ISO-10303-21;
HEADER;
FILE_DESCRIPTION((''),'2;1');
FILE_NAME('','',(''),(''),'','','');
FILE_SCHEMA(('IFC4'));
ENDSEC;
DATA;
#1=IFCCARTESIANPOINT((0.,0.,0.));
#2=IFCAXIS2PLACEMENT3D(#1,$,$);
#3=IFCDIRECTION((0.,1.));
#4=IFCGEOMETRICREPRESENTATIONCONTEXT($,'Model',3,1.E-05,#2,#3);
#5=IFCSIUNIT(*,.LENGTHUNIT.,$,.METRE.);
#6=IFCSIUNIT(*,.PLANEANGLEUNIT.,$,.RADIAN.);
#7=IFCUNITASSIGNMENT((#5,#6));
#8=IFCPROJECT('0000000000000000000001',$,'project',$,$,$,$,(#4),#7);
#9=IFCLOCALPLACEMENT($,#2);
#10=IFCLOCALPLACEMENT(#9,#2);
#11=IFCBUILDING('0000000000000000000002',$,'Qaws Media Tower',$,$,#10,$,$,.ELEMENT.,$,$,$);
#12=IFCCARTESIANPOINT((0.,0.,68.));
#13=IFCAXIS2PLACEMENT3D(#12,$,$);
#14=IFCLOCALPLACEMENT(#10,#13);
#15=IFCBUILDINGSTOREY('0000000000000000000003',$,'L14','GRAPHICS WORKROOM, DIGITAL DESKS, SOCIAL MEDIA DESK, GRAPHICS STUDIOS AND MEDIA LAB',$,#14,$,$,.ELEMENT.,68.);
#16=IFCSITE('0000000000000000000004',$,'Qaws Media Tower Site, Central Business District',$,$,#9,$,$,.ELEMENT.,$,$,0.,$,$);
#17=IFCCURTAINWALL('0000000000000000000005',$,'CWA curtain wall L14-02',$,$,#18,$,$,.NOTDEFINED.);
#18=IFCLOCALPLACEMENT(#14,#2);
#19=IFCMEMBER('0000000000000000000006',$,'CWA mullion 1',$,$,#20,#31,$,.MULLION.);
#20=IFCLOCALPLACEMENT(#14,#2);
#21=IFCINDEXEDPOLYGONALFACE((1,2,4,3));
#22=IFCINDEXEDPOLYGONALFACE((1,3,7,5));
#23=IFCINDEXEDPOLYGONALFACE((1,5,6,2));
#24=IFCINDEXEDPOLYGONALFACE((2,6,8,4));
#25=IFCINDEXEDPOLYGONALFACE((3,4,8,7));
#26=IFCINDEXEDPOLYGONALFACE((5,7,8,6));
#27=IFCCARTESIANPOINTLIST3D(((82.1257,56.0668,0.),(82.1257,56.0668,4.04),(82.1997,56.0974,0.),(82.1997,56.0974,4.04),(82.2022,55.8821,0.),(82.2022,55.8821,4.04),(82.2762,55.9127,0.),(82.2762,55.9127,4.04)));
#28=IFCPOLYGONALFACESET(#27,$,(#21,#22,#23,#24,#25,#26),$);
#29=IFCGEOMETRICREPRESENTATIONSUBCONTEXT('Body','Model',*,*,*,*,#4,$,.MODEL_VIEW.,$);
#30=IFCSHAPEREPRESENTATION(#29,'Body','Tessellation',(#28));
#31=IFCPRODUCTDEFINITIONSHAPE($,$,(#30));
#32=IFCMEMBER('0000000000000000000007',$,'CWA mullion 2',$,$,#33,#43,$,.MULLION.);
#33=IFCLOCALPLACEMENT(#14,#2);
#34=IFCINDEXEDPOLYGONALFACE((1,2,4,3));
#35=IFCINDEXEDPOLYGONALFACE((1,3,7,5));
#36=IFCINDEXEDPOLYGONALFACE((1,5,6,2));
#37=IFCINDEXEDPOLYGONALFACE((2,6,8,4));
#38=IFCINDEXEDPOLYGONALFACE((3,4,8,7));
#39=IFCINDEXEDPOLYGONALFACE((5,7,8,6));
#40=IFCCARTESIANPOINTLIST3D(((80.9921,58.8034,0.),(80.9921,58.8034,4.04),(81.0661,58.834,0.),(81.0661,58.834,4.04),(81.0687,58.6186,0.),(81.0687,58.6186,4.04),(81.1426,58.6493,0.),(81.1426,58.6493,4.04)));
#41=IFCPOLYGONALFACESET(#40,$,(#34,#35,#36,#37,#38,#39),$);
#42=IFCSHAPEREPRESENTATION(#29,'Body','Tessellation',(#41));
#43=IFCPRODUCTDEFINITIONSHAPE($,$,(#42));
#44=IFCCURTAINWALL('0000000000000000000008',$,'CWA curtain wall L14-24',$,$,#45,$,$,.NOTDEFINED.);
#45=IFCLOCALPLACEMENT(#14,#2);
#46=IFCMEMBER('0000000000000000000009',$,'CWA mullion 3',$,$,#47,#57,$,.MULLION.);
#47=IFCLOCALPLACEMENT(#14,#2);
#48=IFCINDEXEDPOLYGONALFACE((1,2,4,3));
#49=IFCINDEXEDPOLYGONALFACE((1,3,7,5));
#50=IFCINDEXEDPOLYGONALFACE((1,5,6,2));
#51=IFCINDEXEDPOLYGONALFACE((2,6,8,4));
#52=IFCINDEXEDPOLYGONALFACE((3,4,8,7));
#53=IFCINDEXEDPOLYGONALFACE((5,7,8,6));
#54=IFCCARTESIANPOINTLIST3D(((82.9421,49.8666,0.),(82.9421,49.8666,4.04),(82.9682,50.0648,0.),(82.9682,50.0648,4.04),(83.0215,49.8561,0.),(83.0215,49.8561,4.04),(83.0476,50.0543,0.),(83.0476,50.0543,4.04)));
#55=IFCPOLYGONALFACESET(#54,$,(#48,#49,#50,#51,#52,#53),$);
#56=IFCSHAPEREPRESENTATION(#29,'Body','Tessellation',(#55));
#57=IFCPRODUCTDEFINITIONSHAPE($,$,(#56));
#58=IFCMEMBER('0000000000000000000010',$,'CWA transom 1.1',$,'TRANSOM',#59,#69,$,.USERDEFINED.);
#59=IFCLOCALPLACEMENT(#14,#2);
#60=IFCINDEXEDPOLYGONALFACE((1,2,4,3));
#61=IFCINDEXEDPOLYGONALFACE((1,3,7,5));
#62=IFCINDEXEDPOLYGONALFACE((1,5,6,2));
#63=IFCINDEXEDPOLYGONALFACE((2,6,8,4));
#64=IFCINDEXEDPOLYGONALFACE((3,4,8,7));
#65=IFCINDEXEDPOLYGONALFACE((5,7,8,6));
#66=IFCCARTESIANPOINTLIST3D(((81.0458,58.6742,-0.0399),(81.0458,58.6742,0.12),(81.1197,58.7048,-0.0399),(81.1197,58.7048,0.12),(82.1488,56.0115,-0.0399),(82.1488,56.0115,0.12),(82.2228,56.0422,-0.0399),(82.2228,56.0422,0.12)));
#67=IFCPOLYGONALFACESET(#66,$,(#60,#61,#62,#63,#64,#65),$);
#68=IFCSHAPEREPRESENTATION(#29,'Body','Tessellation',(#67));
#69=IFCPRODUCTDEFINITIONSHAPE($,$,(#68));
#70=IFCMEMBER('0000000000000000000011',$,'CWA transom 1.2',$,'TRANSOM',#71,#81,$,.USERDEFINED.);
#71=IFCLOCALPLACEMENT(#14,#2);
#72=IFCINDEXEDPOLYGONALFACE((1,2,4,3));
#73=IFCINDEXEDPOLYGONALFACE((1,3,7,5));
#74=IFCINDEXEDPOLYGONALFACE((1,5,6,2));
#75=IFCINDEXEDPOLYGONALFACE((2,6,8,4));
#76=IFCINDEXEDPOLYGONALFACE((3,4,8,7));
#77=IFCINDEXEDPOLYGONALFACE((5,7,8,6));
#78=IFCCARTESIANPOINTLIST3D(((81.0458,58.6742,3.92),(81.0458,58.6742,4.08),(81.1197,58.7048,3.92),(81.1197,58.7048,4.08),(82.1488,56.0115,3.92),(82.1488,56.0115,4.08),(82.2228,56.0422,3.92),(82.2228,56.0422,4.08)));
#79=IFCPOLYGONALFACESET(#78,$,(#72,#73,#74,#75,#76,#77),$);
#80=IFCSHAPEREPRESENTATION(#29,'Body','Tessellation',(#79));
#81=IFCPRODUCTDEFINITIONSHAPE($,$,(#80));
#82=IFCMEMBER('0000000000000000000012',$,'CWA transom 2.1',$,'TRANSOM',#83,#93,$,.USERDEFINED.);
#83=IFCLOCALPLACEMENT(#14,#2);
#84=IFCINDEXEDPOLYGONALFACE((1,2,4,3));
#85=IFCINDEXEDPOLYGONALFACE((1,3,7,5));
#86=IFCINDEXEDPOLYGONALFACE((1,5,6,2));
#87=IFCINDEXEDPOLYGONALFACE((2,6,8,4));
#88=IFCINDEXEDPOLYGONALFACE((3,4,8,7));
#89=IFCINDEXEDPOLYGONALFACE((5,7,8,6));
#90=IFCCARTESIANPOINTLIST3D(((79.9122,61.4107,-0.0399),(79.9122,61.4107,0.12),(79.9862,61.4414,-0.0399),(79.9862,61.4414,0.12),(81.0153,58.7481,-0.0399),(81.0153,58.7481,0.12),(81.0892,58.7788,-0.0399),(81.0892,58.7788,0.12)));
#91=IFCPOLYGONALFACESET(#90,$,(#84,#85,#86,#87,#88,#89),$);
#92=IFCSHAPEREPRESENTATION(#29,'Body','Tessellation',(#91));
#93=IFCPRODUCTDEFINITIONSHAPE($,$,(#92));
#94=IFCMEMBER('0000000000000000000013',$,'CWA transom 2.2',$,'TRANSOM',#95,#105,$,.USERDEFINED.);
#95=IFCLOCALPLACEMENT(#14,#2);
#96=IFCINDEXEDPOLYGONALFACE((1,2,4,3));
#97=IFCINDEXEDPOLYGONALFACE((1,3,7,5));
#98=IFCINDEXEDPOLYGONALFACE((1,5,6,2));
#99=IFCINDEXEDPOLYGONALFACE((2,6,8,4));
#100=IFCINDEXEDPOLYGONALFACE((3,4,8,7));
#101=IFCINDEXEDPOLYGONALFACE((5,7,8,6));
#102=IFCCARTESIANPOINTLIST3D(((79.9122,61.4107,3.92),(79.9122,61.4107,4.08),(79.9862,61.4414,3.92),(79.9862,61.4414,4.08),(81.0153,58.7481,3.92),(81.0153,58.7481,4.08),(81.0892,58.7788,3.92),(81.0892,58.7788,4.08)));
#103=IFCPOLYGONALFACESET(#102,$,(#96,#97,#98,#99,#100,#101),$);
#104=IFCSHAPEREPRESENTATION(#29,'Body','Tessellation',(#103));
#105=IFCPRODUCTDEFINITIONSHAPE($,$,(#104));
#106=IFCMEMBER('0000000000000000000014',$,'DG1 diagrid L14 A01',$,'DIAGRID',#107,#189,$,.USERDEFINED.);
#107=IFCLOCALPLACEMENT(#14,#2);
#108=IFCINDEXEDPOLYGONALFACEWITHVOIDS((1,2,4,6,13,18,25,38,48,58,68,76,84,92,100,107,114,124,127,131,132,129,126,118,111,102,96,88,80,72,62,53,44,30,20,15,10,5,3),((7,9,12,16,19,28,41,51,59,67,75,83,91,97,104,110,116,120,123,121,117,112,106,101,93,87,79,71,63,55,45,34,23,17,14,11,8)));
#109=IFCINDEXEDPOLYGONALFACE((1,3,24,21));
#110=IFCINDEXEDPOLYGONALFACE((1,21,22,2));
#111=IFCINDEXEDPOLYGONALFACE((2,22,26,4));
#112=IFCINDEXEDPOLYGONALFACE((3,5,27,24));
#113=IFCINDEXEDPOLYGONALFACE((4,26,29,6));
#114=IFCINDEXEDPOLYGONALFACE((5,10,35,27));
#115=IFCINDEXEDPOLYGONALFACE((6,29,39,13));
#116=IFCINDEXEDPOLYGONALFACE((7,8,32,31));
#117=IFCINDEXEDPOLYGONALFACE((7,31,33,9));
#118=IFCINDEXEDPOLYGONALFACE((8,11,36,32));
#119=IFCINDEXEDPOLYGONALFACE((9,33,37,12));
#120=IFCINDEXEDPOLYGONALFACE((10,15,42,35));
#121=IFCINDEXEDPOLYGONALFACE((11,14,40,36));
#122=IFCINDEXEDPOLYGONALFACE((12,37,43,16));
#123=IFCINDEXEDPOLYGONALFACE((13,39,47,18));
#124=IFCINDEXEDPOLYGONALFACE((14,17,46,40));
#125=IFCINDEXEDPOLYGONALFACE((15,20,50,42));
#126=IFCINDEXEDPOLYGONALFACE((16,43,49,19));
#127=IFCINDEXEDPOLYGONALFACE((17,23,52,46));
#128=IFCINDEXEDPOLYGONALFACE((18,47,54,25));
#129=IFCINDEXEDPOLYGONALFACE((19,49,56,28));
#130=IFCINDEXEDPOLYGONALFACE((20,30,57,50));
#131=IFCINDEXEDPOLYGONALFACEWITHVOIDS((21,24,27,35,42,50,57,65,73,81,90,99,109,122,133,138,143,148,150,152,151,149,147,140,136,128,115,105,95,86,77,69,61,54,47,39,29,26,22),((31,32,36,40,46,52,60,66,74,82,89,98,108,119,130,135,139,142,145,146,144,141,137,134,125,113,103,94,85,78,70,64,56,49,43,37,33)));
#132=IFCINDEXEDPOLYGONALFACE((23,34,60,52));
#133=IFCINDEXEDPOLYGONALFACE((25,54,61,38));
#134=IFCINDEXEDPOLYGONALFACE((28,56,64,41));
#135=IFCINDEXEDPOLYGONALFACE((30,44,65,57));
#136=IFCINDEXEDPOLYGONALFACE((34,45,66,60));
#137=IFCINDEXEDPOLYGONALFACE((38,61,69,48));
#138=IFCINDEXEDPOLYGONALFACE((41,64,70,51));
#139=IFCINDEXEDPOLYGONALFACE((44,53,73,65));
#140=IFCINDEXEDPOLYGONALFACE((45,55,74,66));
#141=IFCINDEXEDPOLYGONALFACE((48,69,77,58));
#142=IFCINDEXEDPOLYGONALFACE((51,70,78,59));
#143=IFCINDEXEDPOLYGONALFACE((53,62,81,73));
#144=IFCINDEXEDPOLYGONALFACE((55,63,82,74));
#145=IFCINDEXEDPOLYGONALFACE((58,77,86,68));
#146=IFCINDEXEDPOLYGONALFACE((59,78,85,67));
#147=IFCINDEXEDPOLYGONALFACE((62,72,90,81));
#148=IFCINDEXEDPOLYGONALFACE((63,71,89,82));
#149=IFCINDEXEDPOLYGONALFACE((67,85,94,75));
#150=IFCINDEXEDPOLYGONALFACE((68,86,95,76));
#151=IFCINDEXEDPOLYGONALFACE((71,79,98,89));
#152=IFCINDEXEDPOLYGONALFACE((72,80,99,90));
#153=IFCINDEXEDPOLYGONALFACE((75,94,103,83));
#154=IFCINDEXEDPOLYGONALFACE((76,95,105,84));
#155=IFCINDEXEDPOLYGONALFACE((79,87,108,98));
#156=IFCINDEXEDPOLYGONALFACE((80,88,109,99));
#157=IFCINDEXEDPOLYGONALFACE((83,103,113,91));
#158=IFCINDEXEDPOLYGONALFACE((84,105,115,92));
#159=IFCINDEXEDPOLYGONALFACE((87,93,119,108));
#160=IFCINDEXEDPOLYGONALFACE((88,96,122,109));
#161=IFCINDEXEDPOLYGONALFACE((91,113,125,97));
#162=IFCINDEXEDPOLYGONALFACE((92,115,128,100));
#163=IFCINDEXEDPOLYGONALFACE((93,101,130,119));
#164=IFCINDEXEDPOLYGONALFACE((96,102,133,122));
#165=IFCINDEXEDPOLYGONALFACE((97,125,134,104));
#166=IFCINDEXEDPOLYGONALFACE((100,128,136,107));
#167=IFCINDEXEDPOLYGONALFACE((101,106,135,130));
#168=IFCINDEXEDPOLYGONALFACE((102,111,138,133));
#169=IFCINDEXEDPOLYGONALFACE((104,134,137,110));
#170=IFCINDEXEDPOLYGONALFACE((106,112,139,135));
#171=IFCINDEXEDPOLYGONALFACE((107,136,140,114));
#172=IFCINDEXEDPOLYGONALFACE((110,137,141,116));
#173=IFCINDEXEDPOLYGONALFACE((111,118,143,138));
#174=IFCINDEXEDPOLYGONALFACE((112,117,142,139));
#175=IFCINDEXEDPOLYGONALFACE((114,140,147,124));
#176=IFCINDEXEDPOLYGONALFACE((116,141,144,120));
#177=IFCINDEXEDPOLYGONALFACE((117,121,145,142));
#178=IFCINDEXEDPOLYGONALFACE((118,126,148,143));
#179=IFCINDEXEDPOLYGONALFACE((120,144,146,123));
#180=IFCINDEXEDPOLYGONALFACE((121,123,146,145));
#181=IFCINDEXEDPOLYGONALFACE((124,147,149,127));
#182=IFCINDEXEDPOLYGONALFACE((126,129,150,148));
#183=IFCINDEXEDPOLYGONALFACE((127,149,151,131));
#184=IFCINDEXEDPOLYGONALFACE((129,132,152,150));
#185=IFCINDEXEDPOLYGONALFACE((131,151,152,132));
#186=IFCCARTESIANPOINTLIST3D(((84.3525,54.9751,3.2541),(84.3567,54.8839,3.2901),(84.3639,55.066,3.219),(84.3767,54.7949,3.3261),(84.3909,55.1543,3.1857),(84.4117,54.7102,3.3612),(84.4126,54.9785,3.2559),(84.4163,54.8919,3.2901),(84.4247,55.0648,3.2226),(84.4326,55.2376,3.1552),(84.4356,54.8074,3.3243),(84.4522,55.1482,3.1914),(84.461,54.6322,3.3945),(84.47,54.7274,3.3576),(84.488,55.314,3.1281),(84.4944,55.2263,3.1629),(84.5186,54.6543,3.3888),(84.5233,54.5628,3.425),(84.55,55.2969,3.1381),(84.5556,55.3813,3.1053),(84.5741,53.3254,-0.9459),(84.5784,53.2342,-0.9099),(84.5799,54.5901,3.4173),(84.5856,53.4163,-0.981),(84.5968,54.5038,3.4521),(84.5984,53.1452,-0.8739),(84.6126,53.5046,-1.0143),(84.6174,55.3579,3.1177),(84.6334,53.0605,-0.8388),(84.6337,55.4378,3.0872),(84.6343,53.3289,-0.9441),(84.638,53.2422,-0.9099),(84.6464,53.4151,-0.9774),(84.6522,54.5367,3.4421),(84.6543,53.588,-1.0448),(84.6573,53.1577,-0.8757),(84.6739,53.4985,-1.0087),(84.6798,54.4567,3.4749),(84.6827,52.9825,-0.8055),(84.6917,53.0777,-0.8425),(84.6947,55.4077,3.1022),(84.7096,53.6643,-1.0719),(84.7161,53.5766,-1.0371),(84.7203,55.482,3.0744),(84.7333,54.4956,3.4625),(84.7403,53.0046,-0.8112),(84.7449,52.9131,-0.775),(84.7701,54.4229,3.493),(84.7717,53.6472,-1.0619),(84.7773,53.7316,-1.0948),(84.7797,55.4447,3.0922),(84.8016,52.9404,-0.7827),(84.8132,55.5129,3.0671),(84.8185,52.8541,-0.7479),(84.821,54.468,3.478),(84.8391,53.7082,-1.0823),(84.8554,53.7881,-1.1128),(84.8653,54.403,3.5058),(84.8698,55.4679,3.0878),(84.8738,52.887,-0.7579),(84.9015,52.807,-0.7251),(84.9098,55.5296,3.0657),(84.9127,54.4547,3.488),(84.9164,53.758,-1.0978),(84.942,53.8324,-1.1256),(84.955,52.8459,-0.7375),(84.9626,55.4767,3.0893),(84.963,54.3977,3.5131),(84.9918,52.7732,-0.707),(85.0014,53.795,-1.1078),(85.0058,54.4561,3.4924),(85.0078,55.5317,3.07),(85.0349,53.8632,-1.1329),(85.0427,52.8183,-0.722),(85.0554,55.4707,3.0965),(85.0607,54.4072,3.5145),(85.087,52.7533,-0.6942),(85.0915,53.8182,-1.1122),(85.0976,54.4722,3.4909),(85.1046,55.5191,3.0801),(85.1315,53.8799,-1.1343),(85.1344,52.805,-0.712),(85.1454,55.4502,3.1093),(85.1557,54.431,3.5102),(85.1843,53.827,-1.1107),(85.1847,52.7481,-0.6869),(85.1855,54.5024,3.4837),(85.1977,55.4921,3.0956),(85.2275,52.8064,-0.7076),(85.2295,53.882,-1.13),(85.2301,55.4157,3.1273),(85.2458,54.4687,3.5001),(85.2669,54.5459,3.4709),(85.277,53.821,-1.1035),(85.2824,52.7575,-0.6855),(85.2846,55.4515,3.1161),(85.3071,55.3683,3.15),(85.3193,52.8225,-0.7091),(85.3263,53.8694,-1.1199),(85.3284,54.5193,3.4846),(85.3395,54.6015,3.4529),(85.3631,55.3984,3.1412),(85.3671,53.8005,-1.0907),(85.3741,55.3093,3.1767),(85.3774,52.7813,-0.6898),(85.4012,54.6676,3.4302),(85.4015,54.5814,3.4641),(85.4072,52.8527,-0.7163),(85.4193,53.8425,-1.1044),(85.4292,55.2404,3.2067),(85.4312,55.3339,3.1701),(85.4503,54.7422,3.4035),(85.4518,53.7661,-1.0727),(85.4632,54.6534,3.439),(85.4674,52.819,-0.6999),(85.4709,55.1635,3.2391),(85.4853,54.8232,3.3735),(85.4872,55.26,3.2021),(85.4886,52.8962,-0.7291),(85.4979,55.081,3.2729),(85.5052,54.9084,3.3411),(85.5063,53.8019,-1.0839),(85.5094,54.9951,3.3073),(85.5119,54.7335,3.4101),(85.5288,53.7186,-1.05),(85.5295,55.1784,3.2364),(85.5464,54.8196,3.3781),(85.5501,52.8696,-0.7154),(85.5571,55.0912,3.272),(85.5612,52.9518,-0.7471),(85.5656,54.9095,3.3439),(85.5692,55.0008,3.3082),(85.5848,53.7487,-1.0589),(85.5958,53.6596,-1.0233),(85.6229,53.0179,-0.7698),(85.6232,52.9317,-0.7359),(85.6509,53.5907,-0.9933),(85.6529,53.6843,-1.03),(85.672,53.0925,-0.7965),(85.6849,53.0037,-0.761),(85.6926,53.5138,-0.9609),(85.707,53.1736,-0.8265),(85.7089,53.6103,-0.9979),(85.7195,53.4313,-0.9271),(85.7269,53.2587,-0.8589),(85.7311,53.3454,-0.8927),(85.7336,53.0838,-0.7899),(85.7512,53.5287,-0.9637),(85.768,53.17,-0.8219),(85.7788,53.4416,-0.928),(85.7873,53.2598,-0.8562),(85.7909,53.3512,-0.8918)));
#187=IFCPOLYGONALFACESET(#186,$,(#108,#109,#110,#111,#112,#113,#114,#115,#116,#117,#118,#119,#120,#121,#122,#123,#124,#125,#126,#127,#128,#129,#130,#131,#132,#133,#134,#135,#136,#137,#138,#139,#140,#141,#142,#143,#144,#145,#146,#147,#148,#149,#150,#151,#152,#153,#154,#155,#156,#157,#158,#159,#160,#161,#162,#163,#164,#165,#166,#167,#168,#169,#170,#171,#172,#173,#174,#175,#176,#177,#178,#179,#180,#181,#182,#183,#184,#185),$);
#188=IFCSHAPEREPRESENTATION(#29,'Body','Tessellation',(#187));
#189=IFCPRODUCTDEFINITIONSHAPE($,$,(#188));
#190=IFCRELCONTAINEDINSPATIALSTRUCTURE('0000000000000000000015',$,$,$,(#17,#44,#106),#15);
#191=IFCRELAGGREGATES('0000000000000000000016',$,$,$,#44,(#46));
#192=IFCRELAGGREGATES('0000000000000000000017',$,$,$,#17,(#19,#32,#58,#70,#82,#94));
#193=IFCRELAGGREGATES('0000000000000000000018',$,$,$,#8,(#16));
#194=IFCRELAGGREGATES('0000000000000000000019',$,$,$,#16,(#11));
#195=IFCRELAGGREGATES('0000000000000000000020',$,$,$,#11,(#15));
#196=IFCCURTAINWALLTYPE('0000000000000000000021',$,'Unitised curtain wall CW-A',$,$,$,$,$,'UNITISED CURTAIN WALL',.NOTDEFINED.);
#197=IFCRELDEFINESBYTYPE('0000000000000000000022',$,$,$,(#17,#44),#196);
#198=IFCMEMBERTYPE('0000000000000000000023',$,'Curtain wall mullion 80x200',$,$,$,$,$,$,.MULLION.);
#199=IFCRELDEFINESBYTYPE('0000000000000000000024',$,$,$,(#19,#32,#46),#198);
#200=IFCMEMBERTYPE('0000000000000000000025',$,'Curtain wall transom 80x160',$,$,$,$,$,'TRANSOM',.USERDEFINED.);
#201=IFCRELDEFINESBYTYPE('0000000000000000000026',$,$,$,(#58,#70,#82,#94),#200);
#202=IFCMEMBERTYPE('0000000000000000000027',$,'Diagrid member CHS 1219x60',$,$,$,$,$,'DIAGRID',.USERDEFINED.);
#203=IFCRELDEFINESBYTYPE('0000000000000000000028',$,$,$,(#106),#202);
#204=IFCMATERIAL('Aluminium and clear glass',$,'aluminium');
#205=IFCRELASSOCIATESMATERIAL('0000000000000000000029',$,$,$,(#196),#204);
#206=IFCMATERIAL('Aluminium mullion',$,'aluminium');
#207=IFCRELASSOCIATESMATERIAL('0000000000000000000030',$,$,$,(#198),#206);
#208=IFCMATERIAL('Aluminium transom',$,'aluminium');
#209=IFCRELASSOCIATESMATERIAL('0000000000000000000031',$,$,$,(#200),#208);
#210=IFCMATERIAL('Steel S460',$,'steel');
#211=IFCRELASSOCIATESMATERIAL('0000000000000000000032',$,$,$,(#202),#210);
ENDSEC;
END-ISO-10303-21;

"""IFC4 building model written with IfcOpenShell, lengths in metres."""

from ifc_helpers import new_model, si_unit, direction, frame, origin, origin_2d, place, context, subcontext, project, spatial, rectangle, hollow_circle, extrude, material, material_profile, profile_set, type_object, element, aggregate, save


model = new_model("IFC4")

# Units and contexts
model_context = context("Model", 3, precision=1e-05, world=origin(), true_north=direction((0.0, 1.0)))
body_context = subcontext(model_context, "Body", "Model", "MODEL_VIEW")
ifc_project = project(units=[si_unit("LENGTHUNIT", "METRE"), si_unit("PLANEANGLEUNIT", "RADIAN")], contexts=[model_context])

# Site, building, storey
site_placement = place(None, origin())
site = spatial("IfcSite", under=ifc_project, at=site_placement, Name="Qaws Media Tower Site, Central Business District", CompositionType="ELEMENT", RefElevation=0.0)
building_placement = place(site_placement, origin())
building = spatial("IfcBuilding", under=site, at=building_placement, Name="Qaws Media Tower", CompositionType="ELEMENT")
storey_placement = place(building_placement, frame((0.0, 0.0, 68.0)))
storey = spatial("IfcBuildingStorey", under=building, at=storey_placement, Name="L14", Description="GRAPHICS WORKROOM, DIGITAL DESKS, SOCIAL MEDIA DESK, GRAPHICS STUDIOS AND MEDIA LAB", CompositionType="ELEMENT", Elevation=68.0)

# Curtain wall, members
ifc_material_1 = material(Name="Aluminium and clear glass", Category="aluminium")
curtain_wall_type = type_object("IfcCurtainWallType", Name="Unitised curtain wall CW-A", ElementType="UNITISED CURTAIN WALL", PredefinedType="NOTDEFINED", material=ifc_material_1)
curtain_wall_1_placement = place(storey_placement, origin())
curtain_wall_1 = element("IfcCurtainWall", 1, at=curtain_wall_1_placement, inside=storey, type_object=curtain_wall_type, Name="CWA curtain wall L14-02", PredefinedType="NOTDEFINED")
ifc_material_2 = material(Name="Aluminium mullion", Category="aluminium")
ifc_material_profile_1 = material_profile(ifc_material_2, rectangle(XDim=0.0801, YDim=0.2, at=origin_2d()), Name="80x200")
ifc_profile_set_1 = profile_set([ifc_material_profile_1], Name="Aluminium mullion")
member_type_1 = type_object("IfcMemberType", Name="Curtain wall mullion 80x200", PredefinedType="MULLION", material=ifc_profile_set_1)
member_1_placement = place(storey_placement, frame((82.2009, 55.9897, 0.0), z_axis=(0.0, 0.0, 1.0), x_axis=(-0.92388, -0.382683, 0.0)))
member_1 = element("IfcMember", 2, at=member_1_placement, type_object=member_type_1, Name="CWA mullion 1", PredefinedType="MULLION", context=body_context, shape_type="SweptSolid", body=[
    extrude(rectangle(XDim=0.0801, YDim=0.2, at=origin_2d()), origin(), (0.0, 0.0, 1.0), 4.04),
])
member_2_placement = place(storey_placement, frame((81.0674, 58.7263, 0.0), z_axis=(0.0, 0.0, 1.0), x_axis=(-0.92388, -0.382683, 0.0)))
member_2 = element("IfcMember", 3, at=member_2_placement, type_object=member_type_1, Name="CWA mullion 2", PredefinedType="MULLION", context=body_context, shape_type="SweptSolid", body=[
    extrude(rectangle(XDim=0.0801, YDim=0.2, at=origin_2d()), origin(), (0.0, 0.0, 1.0), 4.04),
])

# Curtain wall, member
curtain_wall_2_placement = place(storey_placement, origin())
curtain_wall_2 = element("IfcCurtainWall", 4, at=curtain_wall_2_placement, inside=storey, type_object=curtain_wall_type, Name="CWA curtain wall L14-24", PredefinedType="NOTDEFINED")
member_3_placement = place(storey_placement, frame((82.9949, 49.9604, 0.0), z_axis=(0.0, 0.0, 1.0), x_axis=(-0.991445, 0.130526, 0.0)))
member_3 = element("IfcMember", 5, at=member_3_placement, type_object=member_type_1, Name="CWA mullion 3", PredefinedType="MULLION", context=body_context, shape_type="SweptSolid", body=[
    extrude(rectangle(XDim=0.0801, YDim=0.2, at=origin_2d()), origin(), (0.0, 0.0, 1.0), 4.04),
])
aggregate(curtain_wall_2, [member_3])

# Members
ifc_material_3 = material(Name="Aluminium transom", Category="aluminium")
ifc_material_profile_2 = material_profile(ifc_material_3, rectangle(XDim=0.0801, YDim=0.1599, at=origin_2d()), Name="80x160")
ifc_profile_set_2 = profile_set([ifc_material_profile_2], Name="Aluminium transom")
member_type_2 = type_object("IfcMemberType", Name="Curtain wall transom 80x160", ElementType="TRANSOM", PredefinedType="USERDEFINED", material=ifc_profile_set_2)
member_4_placement = place(storey_placement, frame((82.1858, 56.0269, 0.04), z_axis=(-0.382726, 0.923862, 0.0), x_axis=(-0.923862, -0.382726, 0.0)))
member_4 = element("IfcMember", 6, at=member_4_placement, type_object=member_type_2, Name="CWA transom 1.1", ObjectType="TRANSOM", PredefinedType="USERDEFINED", context=body_context, shape_type="SweptSolid", body=[
    extrude(rectangle(XDim=0.0801, YDim=0.1599, at=origin_2d()), origin(), (0.0, 0.0, 1.0), 2.8821),
])
member_5_placement = place(storey_placement, frame((82.1858, 56.0269, 4.0), z_axis=(-0.382726, 0.923862, 0.0), x_axis=(-0.923862, -0.382726, 0.0)))
member_5 = element("IfcMember", 7, at=member_5_placement, type_object=member_type_2, Name="CWA transom 1.2", ObjectType="TRANSOM", PredefinedType="USERDEFINED", context=body_context, shape_type="SweptSolid", body=[
    extrude(rectangle(XDim=0.0801, YDim=0.1599, at=origin_2d()), origin(), (0.0, 0.0, 1.0), 2.8821),
])
member_6_placement = place(storey_placement, frame((81.0522, 58.7634, 0.04), z_axis=(-0.382726, 0.923862, 0.0), x_axis=(-0.923862, -0.382726, 0.0)))
member_6 = element("IfcMember", 8, at=member_6_placement, type_object=member_type_2, Name="CWA transom 2.1", ObjectType="TRANSOM", PredefinedType="USERDEFINED", context=body_context, shape_type="SweptSolid", body=[
    extrude(rectangle(XDim=0.0801, YDim=0.1599, at=origin_2d()), origin(), (0.0, 0.0, 1.0), 2.8821),
])
member_7_placement = place(storey_placement, frame((81.0522, 58.7634, 4.0), z_axis=(-0.382726, 0.923862, 0.0), x_axis=(-0.923862, -0.382726, 0.0)))
member_7 = element("IfcMember", 9, at=member_7_placement, type_object=member_type_2, Name="CWA transom 2.2", ObjectType="TRANSOM", PredefinedType="USERDEFINED", context=body_context, shape_type="SweptSolid", body=[
    extrude(rectangle(XDim=0.0801, YDim=0.1599, at=origin_2d()), origin(), (0.0, 0.0, 1.0), 2.8821),
])

# Member
ifc_material_4 = material(Name="Steel S460", Category="steel")
ifc_material_profile_3 = material_profile(ifc_material_4, hollow_circle(Radius=0.6096, WallThickness=0.0601, at=origin_2d()), Name="CHS 1219x60")
ifc_profile_set_3 = profile_set([ifc_material_profile_3], Name="Steel S460")
member_type_3 = type_object("IfcMemberType", Name="Diagrid member CHS 1219x60", ElementType="DIAGRID", PredefinedType="USERDEFINED", material=ifc_profile_set_3)
for number, where, z_axis, x_axis, name in (
    (10, (85.1826, 53.3154, -0.9099), (-0.049069, 0.36515, 0.929655), (-0.991092, -0.133182, 0.0), "DG1 diagrid L14 A01"),
):
    element("IfcMember", number, at=place(storey_placement, frame(where, z_axis=z_axis, x_axis=x_axis)), inside=storey, type_object=member_type_3, Name=name, ObjectType="DIAGRID", PredefinedType="USERDEFINED", context=body_context, shape_type="SweptSolid", body=[
        extrude(hollow_circle(Radius=0.6096, WallThickness=0.0601, at=origin_2d()), origin(), (0.0, 0.0, 1.0), 4.5178),
    ])

aggregate(curtain_wall_1, [member_1, member_2, member_4, member_5, member_6, member_7])

save(model, "model.ifc")
